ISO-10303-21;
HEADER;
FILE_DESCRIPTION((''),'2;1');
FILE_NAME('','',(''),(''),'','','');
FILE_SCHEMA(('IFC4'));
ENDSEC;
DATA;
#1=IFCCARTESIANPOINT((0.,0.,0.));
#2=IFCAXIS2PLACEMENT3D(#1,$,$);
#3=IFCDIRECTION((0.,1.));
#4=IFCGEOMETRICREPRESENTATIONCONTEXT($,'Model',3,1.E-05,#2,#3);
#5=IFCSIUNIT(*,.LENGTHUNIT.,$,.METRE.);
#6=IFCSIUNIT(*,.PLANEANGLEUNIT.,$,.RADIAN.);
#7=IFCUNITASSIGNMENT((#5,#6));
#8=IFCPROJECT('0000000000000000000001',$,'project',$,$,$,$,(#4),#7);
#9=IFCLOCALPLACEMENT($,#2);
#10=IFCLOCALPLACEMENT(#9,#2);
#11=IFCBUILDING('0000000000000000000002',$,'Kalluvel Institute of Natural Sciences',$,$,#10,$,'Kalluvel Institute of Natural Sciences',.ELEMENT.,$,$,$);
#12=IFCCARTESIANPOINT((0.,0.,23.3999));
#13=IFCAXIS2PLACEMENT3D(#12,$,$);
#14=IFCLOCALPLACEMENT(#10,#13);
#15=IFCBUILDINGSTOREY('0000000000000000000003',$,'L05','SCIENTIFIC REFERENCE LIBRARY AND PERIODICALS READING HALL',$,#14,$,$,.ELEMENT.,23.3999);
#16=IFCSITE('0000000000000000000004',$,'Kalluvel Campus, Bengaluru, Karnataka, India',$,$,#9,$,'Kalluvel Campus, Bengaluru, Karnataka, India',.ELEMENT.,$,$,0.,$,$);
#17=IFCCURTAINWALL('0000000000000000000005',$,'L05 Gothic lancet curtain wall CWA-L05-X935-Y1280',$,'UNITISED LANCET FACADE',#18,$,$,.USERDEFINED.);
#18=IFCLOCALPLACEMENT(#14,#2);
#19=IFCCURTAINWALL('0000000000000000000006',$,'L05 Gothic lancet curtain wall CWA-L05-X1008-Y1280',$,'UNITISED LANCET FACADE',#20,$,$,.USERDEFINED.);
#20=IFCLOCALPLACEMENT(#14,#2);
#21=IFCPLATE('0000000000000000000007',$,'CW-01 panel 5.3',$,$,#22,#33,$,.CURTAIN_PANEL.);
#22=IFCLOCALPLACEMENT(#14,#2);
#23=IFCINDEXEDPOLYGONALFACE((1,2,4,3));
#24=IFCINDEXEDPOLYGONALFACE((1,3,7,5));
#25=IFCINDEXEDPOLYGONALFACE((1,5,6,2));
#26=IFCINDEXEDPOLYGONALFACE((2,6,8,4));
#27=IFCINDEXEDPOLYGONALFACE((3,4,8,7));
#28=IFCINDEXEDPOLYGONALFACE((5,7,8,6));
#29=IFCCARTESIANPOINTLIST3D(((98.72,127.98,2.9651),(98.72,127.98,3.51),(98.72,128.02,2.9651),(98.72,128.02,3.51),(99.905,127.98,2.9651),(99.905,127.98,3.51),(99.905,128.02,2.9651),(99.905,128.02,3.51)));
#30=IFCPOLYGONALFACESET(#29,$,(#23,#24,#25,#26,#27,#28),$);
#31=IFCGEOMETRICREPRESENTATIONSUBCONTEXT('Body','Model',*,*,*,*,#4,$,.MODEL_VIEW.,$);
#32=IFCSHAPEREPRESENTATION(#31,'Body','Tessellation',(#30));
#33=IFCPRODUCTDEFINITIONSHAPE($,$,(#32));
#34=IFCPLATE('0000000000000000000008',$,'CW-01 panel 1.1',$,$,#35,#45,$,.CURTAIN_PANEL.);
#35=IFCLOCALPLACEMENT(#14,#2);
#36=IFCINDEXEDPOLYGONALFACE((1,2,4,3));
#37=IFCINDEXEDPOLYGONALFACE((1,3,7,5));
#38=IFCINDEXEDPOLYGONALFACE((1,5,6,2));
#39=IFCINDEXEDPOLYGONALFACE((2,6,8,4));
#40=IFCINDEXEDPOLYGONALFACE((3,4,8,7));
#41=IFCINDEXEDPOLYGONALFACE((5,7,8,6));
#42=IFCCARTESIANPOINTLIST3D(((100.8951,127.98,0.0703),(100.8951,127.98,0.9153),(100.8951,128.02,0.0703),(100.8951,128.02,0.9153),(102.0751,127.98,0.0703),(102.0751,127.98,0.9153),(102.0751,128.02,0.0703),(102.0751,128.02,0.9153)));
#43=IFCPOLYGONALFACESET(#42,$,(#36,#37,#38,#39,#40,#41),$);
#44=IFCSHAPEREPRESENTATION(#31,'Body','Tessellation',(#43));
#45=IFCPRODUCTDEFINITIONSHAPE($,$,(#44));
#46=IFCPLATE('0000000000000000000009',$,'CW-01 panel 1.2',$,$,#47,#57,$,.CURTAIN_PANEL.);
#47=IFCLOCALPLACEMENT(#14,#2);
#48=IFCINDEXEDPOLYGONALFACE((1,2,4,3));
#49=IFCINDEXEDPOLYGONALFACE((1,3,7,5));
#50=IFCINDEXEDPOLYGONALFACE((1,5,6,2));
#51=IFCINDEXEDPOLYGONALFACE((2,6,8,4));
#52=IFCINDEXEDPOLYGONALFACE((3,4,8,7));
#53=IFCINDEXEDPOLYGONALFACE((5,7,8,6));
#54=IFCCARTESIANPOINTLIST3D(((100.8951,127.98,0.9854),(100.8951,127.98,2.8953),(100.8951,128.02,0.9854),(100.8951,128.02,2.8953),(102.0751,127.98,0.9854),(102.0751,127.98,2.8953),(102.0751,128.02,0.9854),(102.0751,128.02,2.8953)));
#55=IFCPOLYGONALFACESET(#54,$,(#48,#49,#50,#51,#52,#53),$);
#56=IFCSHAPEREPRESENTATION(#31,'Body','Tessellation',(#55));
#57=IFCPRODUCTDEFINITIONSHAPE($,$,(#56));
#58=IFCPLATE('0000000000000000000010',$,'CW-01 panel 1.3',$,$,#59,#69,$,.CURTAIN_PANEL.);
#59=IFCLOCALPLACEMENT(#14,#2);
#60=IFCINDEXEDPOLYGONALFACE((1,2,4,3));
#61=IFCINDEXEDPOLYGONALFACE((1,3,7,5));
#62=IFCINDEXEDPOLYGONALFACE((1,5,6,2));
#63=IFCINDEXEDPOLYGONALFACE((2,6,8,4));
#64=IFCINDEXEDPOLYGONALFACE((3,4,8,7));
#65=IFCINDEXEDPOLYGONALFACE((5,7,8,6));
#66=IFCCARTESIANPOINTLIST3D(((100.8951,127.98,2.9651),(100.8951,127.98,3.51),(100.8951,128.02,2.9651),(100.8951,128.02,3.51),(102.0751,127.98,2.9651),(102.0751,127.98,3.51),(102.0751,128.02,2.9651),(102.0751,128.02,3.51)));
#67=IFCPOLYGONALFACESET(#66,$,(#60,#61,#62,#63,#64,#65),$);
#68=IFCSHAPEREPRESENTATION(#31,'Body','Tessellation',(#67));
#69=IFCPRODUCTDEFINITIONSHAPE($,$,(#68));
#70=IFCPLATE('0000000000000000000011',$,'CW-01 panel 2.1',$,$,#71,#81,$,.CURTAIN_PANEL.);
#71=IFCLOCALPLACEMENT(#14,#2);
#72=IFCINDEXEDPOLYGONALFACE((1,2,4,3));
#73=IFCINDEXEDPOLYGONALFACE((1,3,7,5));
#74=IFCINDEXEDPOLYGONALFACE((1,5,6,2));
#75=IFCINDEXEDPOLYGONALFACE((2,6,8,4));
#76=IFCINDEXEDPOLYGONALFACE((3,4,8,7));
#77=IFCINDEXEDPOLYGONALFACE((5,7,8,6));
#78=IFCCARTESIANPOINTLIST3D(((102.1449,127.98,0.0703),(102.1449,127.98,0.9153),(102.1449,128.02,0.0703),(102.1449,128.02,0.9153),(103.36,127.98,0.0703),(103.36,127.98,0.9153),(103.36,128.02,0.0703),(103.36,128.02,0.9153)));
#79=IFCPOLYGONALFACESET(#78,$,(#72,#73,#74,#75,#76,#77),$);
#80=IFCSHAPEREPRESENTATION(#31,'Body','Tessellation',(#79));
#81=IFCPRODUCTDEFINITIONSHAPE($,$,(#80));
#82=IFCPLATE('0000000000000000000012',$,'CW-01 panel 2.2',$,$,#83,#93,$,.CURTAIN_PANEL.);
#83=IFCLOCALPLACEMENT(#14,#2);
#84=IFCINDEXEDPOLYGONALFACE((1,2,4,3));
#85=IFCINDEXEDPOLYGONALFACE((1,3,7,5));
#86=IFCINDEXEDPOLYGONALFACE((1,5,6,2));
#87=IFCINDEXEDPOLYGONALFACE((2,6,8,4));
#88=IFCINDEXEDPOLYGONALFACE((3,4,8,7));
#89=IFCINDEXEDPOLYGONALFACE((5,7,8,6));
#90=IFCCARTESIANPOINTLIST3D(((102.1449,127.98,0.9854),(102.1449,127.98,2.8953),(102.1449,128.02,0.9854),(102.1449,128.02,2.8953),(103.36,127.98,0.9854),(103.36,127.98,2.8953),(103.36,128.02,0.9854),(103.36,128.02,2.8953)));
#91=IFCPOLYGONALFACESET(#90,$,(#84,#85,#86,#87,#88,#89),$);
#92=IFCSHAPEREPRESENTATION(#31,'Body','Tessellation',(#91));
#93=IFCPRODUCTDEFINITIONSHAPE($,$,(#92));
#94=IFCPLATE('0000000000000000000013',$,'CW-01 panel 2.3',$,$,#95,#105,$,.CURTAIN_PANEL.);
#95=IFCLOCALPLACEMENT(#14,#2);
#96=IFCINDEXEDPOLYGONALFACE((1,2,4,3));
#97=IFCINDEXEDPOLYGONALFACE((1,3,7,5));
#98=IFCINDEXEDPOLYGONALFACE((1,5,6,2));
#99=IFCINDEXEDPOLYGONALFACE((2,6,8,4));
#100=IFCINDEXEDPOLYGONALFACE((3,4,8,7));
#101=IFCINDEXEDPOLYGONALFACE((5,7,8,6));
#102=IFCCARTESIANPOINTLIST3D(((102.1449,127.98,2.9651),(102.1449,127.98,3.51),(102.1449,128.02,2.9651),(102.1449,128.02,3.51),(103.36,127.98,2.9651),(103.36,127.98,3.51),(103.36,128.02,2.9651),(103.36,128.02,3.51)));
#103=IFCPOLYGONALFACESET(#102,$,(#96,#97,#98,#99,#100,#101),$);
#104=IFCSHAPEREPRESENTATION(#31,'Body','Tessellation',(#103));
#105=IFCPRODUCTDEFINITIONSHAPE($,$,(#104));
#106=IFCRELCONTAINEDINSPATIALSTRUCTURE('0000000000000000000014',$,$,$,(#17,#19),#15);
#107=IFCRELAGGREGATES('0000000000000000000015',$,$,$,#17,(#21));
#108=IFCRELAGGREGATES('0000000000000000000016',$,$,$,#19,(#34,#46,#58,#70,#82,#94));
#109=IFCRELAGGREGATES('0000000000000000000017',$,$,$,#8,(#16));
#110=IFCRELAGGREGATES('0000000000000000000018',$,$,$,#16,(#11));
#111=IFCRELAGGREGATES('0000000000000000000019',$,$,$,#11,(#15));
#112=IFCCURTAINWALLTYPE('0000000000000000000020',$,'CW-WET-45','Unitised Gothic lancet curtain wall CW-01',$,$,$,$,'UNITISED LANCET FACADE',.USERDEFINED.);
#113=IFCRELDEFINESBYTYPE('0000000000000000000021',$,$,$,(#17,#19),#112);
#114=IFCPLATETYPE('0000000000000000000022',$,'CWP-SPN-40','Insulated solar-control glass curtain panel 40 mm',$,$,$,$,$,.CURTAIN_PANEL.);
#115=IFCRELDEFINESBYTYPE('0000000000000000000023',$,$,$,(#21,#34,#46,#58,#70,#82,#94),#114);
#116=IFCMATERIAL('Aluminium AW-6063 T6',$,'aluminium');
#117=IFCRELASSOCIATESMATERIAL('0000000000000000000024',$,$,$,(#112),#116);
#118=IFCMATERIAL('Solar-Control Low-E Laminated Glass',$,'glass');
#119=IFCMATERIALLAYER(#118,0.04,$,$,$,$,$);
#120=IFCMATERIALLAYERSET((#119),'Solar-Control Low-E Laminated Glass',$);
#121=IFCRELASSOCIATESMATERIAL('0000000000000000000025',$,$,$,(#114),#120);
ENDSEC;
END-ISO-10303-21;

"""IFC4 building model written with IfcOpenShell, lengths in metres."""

from ifc_helpers import new_model, si_unit, direction, frame, origin, origin_2d, place, context, subcontext, project, spatial, rectangle, extrude, material, layer, layer_set, type_object, element, aggregate, save


model = new_model("IFC4")

# Units and contexts
model_context = context("Model", 3, precision=1e-05, world=origin(), true_north=direction((0.0, 1.0)))
body_context = subcontext(model_context, "Body", "Model", "MODEL_VIEW")
ifc_project = project(units=[si_unit("LENGTHUNIT", "METRE"), si_unit("PLANEANGLEUNIT", "RADIAN")], contexts=[model_context])

# Site, building, storey
site_placement = place(None, origin())
site = spatial("IfcSite", under=ifc_project, at=site_placement, Name="Kalluvel Campus, Bengaluru, Karnataka, India", LongName="Kalluvel Campus, Bengaluru, Karnataka, India", CompositionType="ELEMENT", RefElevation=0.0)
building_placement = place(site_placement, origin())
building = spatial("IfcBuilding", under=site, at=building_placement, Name="Kalluvel Institute of Natural Sciences", LongName="Kalluvel Institute of Natural Sciences", CompositionType="ELEMENT")
storey_placement = place(building_placement, frame((0.0, 0.0, 23.3999)))
storey = spatial("IfcBuildingStorey", under=building, at=storey_placement, Name="L05", Description="SCIENTIFIC REFERENCE LIBRARY AND PERIODICALS READING HALL", CompositionType="ELEMENT", Elevation=23.3999)

# Curtain wall
ifc_material_1 = material(Name="Aluminium AW-6063 T6", Category="aluminium")
curtain_wall_type = type_object("IfcCurtainWallType", Name="CW-WET-45", Description="Unitised Gothic lancet curtain wall CW-01", ElementType="UNITISED LANCET FACADE", PredefinedType="USERDEFINED", material=ifc_material_1)
curtain_wall_1_placement = place(storey_placement, origin())
curtain_wall_1 = element("IfcCurtainWall", 1, at=curtain_wall_1_placement, inside=storey, type_object=curtain_wall_type, Name="L05 Gothic lancet curtain wall CWA-L05-X935-Y1280", ObjectType="UNITISED LANCET FACADE", PredefinedType="USERDEFINED")

# Curtain wall
curtain_wall_2_placement = place(storey_placement, origin())
curtain_wall_2 = element("IfcCurtainWall", 2, at=curtain_wall_2_placement, inside=storey, type_object=curtain_wall_type, Name="L05 Gothic lancet curtain wall CWA-L05-X1008-Y1280", ObjectType="UNITISED LANCET FACADE", PredefinedType="USERDEFINED")

# Plates
ifc_material_2 = material(Name="Solar-Control Low-E Laminated Glass", Category="glass")
ifc_layer = layer(ifc_material_2, 0.04)
ifc_layer_set = layer_set([ifc_layer], Name="Solar-Control Low-E Laminated Glass")
plate_type = type_object("IfcPlateType", Name="CWP-SPN-40", Description="Insulated solar-control glass curtain panel 40 mm", PredefinedType="CURTAIN_PANEL", material=ifc_layer_set)
plate_1_placement = place(storey_placement, frame((99.3125, 128.0, 2.9651), z_axis=(0.0, 0.0, 1.0), x_axis=(1.0, 0.0, 0.0)))
plate_1 = element("IfcPlate", 3, at=plate_1_placement, type_object=plate_type, Name="CW-01 panel 5.3", PredefinedType="CURTAIN_PANEL", context=body_context, shape_type="SweptSolid", body=[
    extrude(rectangle(XDim=1.1851, YDim=0.04, at=origin_2d()), origin(), (0.0, 0.0, 1.0), 0.5449),
])
aggregate(curtain_wall_1, [plate_1])
plate_2_placement = place(storey_placement, frame((101.4851, 128.0, 0.0703), z_axis=(0.0, 0.0, 1.0), x_axis=(1.0, 0.0, 0.0)))
plate_2 = element("IfcPlate", 4, at=plate_2_placement, type_object=plate_type, Name="CW-01 panel 1.1", PredefinedType="CURTAIN_PANEL", context=body_context, shape_type="SweptSolid", body=[
    extrude(rectangle(XDim=1.1799, YDim=0.04, at=origin_2d()), origin(), (0.0, 0.0, 1.0), 0.845),
])
plate_3_placement = place(storey_placement, frame((101.4851, 128.0, 0.9854), z_axis=(0.0, 0.0, 1.0), x_axis=(1.0, 0.0, 0.0)))
plate_3 = element("IfcPlate", 5, at=plate_3_placement, type_object=plate_type, Name="CW-01 panel 1.2", PredefinedType="CURTAIN_PANEL", context=body_context, shape_type="SweptSolid", body=[
    extrude(rectangle(XDim=1.1799, YDim=0.04, at=origin_2d()), origin(), (0.0, 0.0, 1.0), 1.9099),
])
plate_4_placement = place(storey_placement, frame((101.4851, 128.0, 2.9651), z_axis=(0.0, 0.0, 1.0), x_axis=(1.0, 0.0, 0.0)))
plate_4 = element("IfcPlate", 6, at=plate_4_placement, type_object=plate_type, Name="CW-01 panel 1.3", PredefinedType="CURTAIN_PANEL", context=body_context, shape_type="SweptSolid", body=[
    extrude(rectangle(XDim=1.1799, YDim=0.04, at=origin_2d()), origin(), (0.0, 0.0, 1.0), 0.5449),
])
plate_5_placement = place(storey_placement, frame((102.7524, 128.0, 0.0703), z_axis=(0.0, 0.0, 1.0), x_axis=(1.0, 0.0, 0.0)))
plate_5 = element("IfcPlate", 7, at=plate_5_placement, type_object=plate_type, Name="CW-01 panel 2.1", PredefinedType="CURTAIN_PANEL", context=body_context, shape_type="SweptSolid", body=[
    extrude(rectangle(XDim=1.2151, YDim=0.04, at=origin_2d()), origin(), (0.0, 0.0, 1.0), 0.845),
])
plate_6_placement = place(storey_placement, frame((102.7524, 128.0, 0.9854), z_axis=(0.0, 0.0, 1.0), x_axis=(1.0, 0.0, 0.0)))
plate_6 = element("IfcPlate", 8, at=plate_6_placement, type_object=plate_type, Name="CW-01 panel 2.2", PredefinedType="CURTAIN_PANEL", context=body_context, shape_type="SweptSolid", body=[
    extrude(rectangle(XDim=1.2151, YDim=0.04, at=origin_2d()), origin(), (0.0, 0.0, 1.0), 1.9099),
])
plate_7_placement = place(storey_placement, frame((102.7524, 128.0, 2.9651), z_axis=(0.0, 0.0, 1.0), x_axis=(1.0, 0.0, 0.0)))
plate_7 = element("IfcPlate", 9, at=plate_7_placement, type_object=plate_type, Name="CW-01 panel 2.3", PredefinedType="CURTAIN_PANEL", context=body_context, shape_type="SweptSolid", body=[
    extrude(rectangle(XDim=1.2151, YDim=0.04, at=origin_2d()), origin(), (0.0, 0.0, 1.0), 0.5449),
])
aggregate(curtain_wall_2, [plate_2, plate_3, plate_4, plate_5, plate_6, plate_7])

save(model, "model.ifc")
